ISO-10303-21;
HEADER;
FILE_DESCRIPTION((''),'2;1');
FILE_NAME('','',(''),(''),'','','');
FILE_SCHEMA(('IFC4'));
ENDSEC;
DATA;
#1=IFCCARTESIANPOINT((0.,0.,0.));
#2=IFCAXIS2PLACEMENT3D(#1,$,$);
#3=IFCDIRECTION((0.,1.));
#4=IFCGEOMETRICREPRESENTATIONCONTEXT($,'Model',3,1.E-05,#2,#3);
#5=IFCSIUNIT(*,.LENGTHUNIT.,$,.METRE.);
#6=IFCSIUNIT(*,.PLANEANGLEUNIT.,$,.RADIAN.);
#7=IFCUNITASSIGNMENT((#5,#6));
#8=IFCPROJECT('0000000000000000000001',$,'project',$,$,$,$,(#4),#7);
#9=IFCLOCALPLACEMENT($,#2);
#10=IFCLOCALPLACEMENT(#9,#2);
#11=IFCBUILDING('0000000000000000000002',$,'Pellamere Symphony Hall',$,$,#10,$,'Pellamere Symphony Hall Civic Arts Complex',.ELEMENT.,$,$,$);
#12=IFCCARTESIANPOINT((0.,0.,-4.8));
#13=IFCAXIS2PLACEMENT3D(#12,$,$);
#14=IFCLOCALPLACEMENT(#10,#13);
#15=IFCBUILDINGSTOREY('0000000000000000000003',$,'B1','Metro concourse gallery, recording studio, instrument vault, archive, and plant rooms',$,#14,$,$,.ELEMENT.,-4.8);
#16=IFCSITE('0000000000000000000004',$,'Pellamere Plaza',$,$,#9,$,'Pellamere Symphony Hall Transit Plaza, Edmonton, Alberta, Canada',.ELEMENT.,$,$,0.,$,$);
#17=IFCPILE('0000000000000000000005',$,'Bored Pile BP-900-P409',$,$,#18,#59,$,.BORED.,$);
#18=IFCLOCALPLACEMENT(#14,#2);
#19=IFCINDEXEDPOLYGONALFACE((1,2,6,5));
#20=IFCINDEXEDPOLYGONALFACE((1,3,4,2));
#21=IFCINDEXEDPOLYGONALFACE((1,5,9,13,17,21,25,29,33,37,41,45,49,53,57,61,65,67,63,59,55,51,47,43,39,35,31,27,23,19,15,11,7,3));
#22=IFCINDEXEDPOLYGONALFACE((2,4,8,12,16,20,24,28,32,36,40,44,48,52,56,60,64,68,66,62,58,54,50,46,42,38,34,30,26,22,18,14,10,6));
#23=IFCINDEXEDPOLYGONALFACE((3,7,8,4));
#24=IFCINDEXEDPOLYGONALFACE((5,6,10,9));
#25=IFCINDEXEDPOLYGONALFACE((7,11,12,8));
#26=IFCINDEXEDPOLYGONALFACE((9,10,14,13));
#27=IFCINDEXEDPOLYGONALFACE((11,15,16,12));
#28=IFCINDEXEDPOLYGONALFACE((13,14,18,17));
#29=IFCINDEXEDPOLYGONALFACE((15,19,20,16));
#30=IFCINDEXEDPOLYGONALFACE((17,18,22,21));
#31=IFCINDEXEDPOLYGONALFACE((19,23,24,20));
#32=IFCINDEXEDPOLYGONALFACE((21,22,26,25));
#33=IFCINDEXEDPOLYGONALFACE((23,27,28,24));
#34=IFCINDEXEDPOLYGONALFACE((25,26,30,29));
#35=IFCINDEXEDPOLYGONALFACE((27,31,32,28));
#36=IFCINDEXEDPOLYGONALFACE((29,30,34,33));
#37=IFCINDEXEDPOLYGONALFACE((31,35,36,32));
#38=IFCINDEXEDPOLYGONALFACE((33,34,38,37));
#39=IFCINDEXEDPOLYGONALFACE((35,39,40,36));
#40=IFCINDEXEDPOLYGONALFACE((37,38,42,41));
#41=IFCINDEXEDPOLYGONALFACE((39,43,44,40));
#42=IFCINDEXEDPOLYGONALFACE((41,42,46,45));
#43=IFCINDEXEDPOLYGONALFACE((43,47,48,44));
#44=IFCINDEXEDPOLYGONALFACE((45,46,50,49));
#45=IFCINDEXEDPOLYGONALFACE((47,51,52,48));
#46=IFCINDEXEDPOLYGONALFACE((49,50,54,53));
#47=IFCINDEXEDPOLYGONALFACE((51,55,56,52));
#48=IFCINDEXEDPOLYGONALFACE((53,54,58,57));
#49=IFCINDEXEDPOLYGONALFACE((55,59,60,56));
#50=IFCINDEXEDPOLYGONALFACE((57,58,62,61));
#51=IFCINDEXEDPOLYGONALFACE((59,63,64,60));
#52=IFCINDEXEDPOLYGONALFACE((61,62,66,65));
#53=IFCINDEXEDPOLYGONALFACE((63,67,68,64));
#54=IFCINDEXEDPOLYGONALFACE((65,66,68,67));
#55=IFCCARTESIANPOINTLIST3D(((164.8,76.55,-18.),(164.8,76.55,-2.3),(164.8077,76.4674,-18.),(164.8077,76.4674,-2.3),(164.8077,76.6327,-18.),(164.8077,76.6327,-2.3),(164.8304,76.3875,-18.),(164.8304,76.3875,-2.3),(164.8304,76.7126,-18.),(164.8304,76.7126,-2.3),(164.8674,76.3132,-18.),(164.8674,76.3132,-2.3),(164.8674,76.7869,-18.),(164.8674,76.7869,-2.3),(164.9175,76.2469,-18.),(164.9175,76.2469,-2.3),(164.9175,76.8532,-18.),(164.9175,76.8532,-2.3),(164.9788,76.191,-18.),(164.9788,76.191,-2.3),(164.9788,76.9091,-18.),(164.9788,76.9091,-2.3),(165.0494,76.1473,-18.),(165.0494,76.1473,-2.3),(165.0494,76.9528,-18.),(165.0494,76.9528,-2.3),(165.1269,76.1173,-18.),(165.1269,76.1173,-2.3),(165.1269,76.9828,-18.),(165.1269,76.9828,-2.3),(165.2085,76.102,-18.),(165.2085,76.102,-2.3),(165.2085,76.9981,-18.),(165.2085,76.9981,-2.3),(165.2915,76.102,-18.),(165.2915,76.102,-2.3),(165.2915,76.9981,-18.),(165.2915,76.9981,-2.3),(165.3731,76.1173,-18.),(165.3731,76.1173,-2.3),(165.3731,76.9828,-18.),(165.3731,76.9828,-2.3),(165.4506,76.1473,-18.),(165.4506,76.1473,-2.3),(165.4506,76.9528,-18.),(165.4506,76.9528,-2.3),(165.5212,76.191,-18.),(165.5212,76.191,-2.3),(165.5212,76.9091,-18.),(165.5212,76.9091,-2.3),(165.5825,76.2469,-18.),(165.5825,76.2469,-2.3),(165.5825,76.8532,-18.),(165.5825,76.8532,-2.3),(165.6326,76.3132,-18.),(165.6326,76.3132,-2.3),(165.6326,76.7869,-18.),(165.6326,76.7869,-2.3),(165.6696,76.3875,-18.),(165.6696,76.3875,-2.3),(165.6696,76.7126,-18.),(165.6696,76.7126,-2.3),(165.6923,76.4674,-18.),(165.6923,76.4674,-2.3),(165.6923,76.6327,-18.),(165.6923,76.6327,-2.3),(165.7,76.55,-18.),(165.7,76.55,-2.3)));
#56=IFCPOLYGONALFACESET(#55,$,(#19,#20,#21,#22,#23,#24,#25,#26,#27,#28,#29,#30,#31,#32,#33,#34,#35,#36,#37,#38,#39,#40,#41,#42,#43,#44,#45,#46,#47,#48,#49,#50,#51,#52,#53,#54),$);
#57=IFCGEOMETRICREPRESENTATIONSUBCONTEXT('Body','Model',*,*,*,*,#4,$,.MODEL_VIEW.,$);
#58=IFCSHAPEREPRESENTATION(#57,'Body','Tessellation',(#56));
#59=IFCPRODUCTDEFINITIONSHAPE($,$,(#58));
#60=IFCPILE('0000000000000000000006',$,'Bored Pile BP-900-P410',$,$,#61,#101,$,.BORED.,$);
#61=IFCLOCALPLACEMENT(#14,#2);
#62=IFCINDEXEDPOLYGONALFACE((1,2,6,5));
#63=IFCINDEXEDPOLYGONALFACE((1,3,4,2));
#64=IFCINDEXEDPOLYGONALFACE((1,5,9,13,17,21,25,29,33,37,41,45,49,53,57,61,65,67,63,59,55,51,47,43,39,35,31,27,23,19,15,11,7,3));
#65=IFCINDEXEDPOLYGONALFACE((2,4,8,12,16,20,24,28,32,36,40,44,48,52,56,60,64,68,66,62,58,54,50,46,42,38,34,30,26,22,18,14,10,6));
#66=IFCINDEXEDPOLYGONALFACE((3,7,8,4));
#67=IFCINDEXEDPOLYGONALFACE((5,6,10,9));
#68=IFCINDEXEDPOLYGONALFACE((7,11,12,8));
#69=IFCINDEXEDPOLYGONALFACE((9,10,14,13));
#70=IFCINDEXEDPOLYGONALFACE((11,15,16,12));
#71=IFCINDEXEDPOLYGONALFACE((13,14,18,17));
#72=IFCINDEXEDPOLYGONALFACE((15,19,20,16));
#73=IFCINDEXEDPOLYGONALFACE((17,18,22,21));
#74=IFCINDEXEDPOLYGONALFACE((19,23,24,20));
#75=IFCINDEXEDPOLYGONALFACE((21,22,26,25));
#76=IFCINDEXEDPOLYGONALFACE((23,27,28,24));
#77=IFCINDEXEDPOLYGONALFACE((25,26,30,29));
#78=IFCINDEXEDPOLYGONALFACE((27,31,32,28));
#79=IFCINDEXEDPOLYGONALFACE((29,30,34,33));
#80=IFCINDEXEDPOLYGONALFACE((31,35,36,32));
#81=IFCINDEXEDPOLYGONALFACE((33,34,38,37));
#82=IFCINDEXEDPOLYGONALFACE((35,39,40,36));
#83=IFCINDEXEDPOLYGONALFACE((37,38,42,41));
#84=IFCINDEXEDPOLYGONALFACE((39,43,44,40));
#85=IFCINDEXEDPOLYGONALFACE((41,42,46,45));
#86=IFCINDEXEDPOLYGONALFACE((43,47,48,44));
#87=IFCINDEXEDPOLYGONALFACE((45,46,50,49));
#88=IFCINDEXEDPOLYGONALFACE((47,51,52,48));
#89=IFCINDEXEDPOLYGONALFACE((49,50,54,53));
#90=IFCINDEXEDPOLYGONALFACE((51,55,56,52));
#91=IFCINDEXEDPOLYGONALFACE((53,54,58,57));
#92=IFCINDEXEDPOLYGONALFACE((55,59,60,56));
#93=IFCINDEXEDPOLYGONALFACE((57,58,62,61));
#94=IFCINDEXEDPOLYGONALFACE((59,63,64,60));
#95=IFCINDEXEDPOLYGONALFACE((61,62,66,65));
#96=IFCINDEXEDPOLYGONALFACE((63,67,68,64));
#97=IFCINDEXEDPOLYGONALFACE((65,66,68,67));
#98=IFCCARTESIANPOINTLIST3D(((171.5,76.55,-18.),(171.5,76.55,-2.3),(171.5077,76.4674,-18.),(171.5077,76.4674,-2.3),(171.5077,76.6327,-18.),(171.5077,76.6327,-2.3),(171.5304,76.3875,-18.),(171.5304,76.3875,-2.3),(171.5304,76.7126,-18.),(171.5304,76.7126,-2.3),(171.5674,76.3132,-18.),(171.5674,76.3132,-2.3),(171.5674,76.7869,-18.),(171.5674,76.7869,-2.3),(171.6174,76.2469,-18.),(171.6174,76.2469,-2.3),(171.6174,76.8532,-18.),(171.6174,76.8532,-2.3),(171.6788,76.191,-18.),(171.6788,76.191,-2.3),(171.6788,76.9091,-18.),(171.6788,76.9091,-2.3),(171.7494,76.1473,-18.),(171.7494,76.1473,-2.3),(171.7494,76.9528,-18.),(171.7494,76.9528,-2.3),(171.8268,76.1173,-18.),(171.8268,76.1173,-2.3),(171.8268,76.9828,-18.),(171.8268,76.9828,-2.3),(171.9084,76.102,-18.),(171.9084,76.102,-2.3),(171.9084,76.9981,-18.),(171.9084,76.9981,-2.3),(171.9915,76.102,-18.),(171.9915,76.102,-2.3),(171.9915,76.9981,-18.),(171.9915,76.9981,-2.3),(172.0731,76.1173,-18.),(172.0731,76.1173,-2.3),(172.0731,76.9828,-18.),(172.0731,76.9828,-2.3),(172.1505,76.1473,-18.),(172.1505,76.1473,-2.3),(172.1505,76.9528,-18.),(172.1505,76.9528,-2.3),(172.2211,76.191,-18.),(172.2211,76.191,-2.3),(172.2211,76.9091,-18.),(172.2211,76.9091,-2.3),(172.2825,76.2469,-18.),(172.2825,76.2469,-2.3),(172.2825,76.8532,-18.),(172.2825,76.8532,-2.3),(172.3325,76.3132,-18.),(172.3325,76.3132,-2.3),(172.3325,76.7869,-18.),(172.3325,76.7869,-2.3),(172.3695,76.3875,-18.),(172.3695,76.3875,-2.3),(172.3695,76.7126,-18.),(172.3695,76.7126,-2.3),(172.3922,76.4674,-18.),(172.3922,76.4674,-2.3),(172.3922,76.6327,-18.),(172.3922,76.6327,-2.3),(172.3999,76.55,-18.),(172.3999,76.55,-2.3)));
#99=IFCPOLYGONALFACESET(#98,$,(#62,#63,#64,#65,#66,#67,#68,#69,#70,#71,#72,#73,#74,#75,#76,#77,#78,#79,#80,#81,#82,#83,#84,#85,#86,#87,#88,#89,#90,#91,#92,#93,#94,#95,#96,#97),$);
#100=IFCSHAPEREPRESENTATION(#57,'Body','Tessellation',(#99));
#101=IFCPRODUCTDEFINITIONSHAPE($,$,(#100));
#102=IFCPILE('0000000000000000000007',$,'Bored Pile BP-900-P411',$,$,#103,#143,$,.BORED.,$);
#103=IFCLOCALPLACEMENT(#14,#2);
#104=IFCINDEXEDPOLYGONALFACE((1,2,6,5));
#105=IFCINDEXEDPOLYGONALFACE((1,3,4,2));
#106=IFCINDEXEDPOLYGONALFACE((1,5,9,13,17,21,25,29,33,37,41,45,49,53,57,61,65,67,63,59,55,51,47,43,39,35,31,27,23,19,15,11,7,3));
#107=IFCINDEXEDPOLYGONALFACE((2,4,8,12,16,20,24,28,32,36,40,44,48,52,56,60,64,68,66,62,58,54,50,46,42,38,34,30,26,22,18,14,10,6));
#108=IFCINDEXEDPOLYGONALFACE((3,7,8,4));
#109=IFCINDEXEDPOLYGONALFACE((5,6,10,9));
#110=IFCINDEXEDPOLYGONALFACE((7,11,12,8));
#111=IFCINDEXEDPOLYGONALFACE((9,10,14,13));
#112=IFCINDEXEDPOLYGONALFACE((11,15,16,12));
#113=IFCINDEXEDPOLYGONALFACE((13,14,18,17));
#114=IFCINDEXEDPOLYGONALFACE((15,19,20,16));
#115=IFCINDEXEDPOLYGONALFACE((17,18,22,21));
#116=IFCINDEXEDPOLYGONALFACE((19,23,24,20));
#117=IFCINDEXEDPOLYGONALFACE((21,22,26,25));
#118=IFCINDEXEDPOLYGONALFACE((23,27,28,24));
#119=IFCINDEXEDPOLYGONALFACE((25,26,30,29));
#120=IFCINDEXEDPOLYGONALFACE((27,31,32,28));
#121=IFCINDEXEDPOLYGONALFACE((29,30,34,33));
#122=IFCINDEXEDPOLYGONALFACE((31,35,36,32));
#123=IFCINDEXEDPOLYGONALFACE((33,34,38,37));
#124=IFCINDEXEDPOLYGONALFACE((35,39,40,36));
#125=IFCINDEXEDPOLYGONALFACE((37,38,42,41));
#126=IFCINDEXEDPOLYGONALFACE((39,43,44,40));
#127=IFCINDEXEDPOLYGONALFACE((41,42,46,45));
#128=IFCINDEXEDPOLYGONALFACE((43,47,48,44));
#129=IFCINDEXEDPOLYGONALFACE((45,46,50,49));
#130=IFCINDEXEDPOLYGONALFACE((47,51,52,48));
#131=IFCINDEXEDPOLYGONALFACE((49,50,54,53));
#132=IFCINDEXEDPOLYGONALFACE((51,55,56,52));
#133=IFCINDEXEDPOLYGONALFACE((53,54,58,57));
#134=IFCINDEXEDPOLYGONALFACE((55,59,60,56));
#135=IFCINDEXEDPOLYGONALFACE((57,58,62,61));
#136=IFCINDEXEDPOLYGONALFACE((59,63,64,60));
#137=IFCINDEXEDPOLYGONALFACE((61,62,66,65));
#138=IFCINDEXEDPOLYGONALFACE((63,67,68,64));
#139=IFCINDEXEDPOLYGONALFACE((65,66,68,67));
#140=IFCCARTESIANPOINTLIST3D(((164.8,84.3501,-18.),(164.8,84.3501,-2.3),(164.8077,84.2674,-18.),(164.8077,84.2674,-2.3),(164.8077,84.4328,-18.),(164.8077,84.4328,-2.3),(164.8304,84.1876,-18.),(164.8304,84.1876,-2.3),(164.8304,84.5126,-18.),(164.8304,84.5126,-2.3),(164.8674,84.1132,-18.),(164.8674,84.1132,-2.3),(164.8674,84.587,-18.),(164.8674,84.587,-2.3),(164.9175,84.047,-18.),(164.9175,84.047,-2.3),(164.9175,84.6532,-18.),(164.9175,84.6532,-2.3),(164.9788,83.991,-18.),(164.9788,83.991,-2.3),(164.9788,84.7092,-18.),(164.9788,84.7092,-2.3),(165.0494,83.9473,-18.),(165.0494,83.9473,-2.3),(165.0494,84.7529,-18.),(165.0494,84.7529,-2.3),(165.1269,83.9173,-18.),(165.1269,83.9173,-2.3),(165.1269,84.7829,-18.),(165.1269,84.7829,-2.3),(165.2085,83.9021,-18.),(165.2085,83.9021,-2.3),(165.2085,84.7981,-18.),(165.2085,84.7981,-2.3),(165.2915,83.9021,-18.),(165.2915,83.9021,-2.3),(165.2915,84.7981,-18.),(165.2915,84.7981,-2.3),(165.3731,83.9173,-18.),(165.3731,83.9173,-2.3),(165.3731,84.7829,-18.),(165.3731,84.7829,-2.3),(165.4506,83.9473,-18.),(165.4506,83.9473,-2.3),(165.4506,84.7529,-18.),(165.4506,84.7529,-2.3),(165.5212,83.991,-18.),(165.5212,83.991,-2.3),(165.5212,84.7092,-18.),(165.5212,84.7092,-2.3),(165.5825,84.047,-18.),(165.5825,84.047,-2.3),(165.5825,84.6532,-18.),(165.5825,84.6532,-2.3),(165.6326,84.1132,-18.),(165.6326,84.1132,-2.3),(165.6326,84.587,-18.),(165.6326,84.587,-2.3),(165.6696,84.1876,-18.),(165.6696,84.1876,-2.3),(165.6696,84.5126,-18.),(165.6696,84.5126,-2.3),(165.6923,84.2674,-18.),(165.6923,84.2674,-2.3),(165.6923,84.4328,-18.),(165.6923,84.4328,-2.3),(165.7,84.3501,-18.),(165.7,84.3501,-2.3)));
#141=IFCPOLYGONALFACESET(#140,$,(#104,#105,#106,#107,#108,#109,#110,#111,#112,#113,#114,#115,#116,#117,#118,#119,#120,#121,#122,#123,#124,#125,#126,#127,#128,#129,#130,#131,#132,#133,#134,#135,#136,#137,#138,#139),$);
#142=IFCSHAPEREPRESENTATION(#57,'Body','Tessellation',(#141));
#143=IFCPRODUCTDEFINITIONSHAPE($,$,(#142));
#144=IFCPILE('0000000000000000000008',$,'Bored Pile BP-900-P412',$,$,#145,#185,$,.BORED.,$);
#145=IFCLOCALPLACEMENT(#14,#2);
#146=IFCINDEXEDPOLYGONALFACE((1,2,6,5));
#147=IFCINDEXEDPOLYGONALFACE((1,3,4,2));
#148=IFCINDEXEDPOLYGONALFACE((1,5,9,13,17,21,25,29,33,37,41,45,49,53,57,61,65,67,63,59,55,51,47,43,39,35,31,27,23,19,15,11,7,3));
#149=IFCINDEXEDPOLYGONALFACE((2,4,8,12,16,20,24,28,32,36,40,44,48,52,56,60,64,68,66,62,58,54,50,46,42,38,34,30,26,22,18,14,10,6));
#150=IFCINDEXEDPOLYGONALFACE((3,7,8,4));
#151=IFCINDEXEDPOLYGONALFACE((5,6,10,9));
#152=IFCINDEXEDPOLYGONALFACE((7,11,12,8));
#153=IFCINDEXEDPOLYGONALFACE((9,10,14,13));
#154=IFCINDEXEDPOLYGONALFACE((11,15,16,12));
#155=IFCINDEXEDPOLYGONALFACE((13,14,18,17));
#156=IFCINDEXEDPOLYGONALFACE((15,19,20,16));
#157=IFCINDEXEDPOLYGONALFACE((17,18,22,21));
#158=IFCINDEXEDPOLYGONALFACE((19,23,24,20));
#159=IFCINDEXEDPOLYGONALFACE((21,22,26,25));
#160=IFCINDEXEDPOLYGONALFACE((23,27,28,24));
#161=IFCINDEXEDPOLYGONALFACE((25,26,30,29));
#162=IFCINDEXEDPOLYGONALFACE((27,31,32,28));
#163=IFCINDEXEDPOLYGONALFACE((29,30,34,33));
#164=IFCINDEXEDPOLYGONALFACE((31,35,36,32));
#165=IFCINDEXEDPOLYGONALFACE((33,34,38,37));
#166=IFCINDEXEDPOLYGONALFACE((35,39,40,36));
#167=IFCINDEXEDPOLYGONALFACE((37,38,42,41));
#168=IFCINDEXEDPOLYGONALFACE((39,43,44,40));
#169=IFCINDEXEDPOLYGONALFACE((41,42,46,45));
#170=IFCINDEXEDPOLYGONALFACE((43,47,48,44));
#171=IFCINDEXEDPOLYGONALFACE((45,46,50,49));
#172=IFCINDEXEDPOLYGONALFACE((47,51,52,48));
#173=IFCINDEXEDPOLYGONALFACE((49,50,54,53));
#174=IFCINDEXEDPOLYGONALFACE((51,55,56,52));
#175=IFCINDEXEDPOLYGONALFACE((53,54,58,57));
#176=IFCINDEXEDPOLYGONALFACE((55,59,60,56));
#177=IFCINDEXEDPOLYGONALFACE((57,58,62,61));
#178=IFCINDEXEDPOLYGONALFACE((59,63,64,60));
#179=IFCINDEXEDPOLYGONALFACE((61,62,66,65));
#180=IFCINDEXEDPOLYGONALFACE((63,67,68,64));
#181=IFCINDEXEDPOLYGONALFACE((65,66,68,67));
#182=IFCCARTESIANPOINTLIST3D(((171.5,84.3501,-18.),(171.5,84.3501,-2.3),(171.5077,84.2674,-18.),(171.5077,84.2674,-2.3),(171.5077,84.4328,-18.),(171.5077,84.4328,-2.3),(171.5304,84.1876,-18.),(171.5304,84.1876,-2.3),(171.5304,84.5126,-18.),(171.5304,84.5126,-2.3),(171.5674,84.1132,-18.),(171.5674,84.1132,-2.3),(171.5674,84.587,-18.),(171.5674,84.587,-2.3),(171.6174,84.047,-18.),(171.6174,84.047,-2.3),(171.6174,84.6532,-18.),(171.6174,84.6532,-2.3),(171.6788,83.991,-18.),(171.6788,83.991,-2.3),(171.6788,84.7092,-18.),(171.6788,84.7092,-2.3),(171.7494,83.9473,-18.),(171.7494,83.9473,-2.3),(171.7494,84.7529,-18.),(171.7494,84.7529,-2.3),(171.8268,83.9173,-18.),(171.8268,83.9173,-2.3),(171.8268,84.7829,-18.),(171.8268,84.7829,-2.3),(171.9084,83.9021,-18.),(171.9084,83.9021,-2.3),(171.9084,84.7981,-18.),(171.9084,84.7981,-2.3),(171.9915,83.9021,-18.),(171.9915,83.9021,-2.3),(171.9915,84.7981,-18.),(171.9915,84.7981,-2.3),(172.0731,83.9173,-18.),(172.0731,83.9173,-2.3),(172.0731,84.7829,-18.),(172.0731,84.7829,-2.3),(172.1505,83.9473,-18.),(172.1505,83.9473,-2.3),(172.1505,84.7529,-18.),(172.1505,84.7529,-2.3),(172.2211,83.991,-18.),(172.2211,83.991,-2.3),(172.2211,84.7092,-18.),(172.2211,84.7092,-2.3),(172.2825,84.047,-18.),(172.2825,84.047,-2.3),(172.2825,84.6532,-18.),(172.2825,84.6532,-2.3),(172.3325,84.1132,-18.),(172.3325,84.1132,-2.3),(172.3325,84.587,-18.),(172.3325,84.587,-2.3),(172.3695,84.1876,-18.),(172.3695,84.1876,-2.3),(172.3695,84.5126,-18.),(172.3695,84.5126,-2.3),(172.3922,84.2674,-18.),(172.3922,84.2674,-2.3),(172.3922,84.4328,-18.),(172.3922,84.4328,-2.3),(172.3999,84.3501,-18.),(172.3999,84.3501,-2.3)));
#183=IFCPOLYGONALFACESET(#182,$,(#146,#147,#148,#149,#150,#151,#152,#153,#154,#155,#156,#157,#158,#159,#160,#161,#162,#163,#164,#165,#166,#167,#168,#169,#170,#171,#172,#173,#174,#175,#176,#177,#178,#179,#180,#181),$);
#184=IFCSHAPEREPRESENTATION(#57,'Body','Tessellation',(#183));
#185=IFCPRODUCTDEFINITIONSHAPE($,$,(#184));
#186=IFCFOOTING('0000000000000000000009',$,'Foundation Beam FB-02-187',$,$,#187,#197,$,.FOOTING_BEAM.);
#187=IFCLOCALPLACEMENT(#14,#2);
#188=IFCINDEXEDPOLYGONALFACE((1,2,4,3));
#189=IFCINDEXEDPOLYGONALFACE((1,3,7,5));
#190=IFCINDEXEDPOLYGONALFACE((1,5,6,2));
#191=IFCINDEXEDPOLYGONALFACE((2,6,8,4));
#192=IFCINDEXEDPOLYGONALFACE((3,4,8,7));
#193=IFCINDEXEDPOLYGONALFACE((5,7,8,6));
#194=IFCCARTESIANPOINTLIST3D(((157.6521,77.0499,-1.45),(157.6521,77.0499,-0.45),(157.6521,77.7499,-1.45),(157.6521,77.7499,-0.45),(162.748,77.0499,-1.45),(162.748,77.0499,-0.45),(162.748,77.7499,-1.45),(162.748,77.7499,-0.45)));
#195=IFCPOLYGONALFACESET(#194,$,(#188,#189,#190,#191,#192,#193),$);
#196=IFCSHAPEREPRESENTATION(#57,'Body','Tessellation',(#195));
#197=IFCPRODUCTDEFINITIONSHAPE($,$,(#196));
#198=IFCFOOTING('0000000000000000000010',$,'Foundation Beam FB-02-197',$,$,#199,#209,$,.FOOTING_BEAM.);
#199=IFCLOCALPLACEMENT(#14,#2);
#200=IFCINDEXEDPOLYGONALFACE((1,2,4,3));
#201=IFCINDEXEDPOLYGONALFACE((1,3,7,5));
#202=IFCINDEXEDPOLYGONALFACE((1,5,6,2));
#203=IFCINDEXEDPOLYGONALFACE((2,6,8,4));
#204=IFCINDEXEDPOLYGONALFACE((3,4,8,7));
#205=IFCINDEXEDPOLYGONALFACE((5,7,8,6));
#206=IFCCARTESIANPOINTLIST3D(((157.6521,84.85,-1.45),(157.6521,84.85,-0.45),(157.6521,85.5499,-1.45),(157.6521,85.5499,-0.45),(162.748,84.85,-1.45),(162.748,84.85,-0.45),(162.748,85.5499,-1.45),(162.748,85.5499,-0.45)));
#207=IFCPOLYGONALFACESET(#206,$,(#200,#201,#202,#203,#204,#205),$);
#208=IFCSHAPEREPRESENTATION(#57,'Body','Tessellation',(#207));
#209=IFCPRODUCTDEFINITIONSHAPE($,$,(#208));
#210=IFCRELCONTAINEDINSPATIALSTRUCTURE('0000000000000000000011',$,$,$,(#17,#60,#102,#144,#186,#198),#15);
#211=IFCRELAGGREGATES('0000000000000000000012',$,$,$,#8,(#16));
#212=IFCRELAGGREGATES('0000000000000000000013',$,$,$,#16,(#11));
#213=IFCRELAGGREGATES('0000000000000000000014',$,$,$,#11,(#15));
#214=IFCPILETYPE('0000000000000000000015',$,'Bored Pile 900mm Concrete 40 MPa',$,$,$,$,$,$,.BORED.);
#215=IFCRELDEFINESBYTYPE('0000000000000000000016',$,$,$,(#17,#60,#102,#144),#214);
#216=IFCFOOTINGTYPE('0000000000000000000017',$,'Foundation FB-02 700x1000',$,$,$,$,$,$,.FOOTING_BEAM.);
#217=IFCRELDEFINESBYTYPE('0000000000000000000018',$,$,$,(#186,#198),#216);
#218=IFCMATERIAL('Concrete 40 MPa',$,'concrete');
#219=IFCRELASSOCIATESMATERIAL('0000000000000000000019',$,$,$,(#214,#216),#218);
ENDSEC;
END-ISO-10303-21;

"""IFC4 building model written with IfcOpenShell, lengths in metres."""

from ifc_helpers import new_model, si_unit, direction, frame, origin, origin_2d, place, context, subcontext, project, spatial, rectangle, circle, extrude, material, material_profile, profile_set, type_object, element, save


model = new_model("IFC4")

# Units and contexts
model_context = context("Model", 3, precision=1e-05, world=origin(), true_north=direction((0.0, 1.0)))
body_context = subcontext(model_context, "Body", "Model", "MODEL_VIEW")
ifc_project = project(units=[si_unit("LENGTHUNIT", "METRE"), si_unit("PLANEANGLEUNIT", "RADIAN")], contexts=[model_context])

# Site, building, storey
site_placement = place(None, origin())
site = spatial("IfcSite", under=ifc_project, at=site_placement, Name="Pellamere Plaza", LongName="Pellamere Symphony Hall Transit Plaza, Edmonton, Alberta, Canada", CompositionType="ELEMENT", RefElevation=0.0)
building_placement = place(site_placement, origin())
building = spatial("IfcBuilding", under=site, at=building_placement, Name="Pellamere Symphony Hall", LongName="Pellamere Symphony Hall Civic Arts Complex", CompositionType="ELEMENT")
storey_placement = place(building_placement, frame((0.0, 0.0, -4.8)))
storey = spatial("IfcBuildingStorey", under=building, at=storey_placement, Name="B1", Description="Metro concourse gallery, recording studio, instrument vault, archive, and plant rooms", CompositionType="ELEMENT", Elevation=-4.8)

# Piles
ifc_material_1 = material(Name="Concrete 40 MPa", Category="concrete")
ifc_material_profile_1 = material_profile(ifc_material_1, circle(Radius=0.45, at=origin_2d()), Name="PILE D900")
ifc_profile_set_1 = profile_set([ifc_material_profile_1], Name="Concrete 40 MPa")
pile_type_1 = type_object("IfcPileType", Name="Bored Pile 900mm Concrete 40 MPa", PredefinedType="BORED", material=ifc_profile_set_1)
for number, where, z_axis, x_axis, name in (
    (1, (165.25, 76.55, -2.3), (0.0, 0.0, -1.0), (1.0, 0.0, 0.0), "Bored Pile BP-900-P409"),
    (2, (171.95, 76.55, -2.3), (0.0, 0.0, -1.0), (1.0, 0.0, 0.0), "Bored Pile BP-900-P410"),
    (3, (165.25, 84.3501, -2.3), (0.0, 0.0, -1.0), (1.0, 0.0, 0.0), "Bored Pile BP-900-P411"),
    (4, (171.95, 84.3501, -2.3), (0.0, 0.0, -1.0), (1.0, 0.0, 0.0), "Bored Pile BP-900-P412"),
):
    element("IfcPile", number, at=place(storey_placement, frame(where, z_axis=z_axis, x_axis=x_axis)), inside=storey, type_object=pile_type_1, Name=name, PredefinedType="BORED", context=body_context, shape_type="SweptSolid", body=[
        extrude(circle(Radius=0.45, at=origin_2d()), origin(), (0.0, 0.0, 1.0), 15.7),
    ])

# Footings
ifc_material_profile_2 = material_profile(ifc_material_1, rectangle(XDim=0.7, YDim=1.0, at=origin_2d()), Name="RC 700x1000")
ifc_profile_set_2 = profile_set([ifc_material_profile_2], Name="Concrete 40 MPa")
footing_type = type_object("IfcFootingType", Name="Foundation FB-02 700x1000", PredefinedType="FOOTING_BEAM", material=ifc_profile_set_2)
for number, where, z_axis, x_axis, name in (
    (5, (157.6521, 77.3999, -0.95), (1.0, 0.0, 0.0), (0.0, 1.0, 0.0), "Foundation Beam FB-02-187"),
    (6, (157.6521, 85.2, -0.95), (1.0, 0.0, 0.0), (0.0, 1.0, 0.0), "Foundation Beam FB-02-197"),
):
    element("IfcFooting", number, at=place(storey_placement, frame(where, z_axis=z_axis, x_axis=x_axis)), inside=storey, type_object=footing_type, Name=name, PredefinedType="FOOTING_BEAM", context=body_context, shape_type="SweptSolid", body=[
        extrude(rectangle(XDim=0.7, YDim=1.0, at=origin_2d()), origin(), (0.0, 0.0, 1.0), 5.0959),
    ])

save(model, "model.ifc")
